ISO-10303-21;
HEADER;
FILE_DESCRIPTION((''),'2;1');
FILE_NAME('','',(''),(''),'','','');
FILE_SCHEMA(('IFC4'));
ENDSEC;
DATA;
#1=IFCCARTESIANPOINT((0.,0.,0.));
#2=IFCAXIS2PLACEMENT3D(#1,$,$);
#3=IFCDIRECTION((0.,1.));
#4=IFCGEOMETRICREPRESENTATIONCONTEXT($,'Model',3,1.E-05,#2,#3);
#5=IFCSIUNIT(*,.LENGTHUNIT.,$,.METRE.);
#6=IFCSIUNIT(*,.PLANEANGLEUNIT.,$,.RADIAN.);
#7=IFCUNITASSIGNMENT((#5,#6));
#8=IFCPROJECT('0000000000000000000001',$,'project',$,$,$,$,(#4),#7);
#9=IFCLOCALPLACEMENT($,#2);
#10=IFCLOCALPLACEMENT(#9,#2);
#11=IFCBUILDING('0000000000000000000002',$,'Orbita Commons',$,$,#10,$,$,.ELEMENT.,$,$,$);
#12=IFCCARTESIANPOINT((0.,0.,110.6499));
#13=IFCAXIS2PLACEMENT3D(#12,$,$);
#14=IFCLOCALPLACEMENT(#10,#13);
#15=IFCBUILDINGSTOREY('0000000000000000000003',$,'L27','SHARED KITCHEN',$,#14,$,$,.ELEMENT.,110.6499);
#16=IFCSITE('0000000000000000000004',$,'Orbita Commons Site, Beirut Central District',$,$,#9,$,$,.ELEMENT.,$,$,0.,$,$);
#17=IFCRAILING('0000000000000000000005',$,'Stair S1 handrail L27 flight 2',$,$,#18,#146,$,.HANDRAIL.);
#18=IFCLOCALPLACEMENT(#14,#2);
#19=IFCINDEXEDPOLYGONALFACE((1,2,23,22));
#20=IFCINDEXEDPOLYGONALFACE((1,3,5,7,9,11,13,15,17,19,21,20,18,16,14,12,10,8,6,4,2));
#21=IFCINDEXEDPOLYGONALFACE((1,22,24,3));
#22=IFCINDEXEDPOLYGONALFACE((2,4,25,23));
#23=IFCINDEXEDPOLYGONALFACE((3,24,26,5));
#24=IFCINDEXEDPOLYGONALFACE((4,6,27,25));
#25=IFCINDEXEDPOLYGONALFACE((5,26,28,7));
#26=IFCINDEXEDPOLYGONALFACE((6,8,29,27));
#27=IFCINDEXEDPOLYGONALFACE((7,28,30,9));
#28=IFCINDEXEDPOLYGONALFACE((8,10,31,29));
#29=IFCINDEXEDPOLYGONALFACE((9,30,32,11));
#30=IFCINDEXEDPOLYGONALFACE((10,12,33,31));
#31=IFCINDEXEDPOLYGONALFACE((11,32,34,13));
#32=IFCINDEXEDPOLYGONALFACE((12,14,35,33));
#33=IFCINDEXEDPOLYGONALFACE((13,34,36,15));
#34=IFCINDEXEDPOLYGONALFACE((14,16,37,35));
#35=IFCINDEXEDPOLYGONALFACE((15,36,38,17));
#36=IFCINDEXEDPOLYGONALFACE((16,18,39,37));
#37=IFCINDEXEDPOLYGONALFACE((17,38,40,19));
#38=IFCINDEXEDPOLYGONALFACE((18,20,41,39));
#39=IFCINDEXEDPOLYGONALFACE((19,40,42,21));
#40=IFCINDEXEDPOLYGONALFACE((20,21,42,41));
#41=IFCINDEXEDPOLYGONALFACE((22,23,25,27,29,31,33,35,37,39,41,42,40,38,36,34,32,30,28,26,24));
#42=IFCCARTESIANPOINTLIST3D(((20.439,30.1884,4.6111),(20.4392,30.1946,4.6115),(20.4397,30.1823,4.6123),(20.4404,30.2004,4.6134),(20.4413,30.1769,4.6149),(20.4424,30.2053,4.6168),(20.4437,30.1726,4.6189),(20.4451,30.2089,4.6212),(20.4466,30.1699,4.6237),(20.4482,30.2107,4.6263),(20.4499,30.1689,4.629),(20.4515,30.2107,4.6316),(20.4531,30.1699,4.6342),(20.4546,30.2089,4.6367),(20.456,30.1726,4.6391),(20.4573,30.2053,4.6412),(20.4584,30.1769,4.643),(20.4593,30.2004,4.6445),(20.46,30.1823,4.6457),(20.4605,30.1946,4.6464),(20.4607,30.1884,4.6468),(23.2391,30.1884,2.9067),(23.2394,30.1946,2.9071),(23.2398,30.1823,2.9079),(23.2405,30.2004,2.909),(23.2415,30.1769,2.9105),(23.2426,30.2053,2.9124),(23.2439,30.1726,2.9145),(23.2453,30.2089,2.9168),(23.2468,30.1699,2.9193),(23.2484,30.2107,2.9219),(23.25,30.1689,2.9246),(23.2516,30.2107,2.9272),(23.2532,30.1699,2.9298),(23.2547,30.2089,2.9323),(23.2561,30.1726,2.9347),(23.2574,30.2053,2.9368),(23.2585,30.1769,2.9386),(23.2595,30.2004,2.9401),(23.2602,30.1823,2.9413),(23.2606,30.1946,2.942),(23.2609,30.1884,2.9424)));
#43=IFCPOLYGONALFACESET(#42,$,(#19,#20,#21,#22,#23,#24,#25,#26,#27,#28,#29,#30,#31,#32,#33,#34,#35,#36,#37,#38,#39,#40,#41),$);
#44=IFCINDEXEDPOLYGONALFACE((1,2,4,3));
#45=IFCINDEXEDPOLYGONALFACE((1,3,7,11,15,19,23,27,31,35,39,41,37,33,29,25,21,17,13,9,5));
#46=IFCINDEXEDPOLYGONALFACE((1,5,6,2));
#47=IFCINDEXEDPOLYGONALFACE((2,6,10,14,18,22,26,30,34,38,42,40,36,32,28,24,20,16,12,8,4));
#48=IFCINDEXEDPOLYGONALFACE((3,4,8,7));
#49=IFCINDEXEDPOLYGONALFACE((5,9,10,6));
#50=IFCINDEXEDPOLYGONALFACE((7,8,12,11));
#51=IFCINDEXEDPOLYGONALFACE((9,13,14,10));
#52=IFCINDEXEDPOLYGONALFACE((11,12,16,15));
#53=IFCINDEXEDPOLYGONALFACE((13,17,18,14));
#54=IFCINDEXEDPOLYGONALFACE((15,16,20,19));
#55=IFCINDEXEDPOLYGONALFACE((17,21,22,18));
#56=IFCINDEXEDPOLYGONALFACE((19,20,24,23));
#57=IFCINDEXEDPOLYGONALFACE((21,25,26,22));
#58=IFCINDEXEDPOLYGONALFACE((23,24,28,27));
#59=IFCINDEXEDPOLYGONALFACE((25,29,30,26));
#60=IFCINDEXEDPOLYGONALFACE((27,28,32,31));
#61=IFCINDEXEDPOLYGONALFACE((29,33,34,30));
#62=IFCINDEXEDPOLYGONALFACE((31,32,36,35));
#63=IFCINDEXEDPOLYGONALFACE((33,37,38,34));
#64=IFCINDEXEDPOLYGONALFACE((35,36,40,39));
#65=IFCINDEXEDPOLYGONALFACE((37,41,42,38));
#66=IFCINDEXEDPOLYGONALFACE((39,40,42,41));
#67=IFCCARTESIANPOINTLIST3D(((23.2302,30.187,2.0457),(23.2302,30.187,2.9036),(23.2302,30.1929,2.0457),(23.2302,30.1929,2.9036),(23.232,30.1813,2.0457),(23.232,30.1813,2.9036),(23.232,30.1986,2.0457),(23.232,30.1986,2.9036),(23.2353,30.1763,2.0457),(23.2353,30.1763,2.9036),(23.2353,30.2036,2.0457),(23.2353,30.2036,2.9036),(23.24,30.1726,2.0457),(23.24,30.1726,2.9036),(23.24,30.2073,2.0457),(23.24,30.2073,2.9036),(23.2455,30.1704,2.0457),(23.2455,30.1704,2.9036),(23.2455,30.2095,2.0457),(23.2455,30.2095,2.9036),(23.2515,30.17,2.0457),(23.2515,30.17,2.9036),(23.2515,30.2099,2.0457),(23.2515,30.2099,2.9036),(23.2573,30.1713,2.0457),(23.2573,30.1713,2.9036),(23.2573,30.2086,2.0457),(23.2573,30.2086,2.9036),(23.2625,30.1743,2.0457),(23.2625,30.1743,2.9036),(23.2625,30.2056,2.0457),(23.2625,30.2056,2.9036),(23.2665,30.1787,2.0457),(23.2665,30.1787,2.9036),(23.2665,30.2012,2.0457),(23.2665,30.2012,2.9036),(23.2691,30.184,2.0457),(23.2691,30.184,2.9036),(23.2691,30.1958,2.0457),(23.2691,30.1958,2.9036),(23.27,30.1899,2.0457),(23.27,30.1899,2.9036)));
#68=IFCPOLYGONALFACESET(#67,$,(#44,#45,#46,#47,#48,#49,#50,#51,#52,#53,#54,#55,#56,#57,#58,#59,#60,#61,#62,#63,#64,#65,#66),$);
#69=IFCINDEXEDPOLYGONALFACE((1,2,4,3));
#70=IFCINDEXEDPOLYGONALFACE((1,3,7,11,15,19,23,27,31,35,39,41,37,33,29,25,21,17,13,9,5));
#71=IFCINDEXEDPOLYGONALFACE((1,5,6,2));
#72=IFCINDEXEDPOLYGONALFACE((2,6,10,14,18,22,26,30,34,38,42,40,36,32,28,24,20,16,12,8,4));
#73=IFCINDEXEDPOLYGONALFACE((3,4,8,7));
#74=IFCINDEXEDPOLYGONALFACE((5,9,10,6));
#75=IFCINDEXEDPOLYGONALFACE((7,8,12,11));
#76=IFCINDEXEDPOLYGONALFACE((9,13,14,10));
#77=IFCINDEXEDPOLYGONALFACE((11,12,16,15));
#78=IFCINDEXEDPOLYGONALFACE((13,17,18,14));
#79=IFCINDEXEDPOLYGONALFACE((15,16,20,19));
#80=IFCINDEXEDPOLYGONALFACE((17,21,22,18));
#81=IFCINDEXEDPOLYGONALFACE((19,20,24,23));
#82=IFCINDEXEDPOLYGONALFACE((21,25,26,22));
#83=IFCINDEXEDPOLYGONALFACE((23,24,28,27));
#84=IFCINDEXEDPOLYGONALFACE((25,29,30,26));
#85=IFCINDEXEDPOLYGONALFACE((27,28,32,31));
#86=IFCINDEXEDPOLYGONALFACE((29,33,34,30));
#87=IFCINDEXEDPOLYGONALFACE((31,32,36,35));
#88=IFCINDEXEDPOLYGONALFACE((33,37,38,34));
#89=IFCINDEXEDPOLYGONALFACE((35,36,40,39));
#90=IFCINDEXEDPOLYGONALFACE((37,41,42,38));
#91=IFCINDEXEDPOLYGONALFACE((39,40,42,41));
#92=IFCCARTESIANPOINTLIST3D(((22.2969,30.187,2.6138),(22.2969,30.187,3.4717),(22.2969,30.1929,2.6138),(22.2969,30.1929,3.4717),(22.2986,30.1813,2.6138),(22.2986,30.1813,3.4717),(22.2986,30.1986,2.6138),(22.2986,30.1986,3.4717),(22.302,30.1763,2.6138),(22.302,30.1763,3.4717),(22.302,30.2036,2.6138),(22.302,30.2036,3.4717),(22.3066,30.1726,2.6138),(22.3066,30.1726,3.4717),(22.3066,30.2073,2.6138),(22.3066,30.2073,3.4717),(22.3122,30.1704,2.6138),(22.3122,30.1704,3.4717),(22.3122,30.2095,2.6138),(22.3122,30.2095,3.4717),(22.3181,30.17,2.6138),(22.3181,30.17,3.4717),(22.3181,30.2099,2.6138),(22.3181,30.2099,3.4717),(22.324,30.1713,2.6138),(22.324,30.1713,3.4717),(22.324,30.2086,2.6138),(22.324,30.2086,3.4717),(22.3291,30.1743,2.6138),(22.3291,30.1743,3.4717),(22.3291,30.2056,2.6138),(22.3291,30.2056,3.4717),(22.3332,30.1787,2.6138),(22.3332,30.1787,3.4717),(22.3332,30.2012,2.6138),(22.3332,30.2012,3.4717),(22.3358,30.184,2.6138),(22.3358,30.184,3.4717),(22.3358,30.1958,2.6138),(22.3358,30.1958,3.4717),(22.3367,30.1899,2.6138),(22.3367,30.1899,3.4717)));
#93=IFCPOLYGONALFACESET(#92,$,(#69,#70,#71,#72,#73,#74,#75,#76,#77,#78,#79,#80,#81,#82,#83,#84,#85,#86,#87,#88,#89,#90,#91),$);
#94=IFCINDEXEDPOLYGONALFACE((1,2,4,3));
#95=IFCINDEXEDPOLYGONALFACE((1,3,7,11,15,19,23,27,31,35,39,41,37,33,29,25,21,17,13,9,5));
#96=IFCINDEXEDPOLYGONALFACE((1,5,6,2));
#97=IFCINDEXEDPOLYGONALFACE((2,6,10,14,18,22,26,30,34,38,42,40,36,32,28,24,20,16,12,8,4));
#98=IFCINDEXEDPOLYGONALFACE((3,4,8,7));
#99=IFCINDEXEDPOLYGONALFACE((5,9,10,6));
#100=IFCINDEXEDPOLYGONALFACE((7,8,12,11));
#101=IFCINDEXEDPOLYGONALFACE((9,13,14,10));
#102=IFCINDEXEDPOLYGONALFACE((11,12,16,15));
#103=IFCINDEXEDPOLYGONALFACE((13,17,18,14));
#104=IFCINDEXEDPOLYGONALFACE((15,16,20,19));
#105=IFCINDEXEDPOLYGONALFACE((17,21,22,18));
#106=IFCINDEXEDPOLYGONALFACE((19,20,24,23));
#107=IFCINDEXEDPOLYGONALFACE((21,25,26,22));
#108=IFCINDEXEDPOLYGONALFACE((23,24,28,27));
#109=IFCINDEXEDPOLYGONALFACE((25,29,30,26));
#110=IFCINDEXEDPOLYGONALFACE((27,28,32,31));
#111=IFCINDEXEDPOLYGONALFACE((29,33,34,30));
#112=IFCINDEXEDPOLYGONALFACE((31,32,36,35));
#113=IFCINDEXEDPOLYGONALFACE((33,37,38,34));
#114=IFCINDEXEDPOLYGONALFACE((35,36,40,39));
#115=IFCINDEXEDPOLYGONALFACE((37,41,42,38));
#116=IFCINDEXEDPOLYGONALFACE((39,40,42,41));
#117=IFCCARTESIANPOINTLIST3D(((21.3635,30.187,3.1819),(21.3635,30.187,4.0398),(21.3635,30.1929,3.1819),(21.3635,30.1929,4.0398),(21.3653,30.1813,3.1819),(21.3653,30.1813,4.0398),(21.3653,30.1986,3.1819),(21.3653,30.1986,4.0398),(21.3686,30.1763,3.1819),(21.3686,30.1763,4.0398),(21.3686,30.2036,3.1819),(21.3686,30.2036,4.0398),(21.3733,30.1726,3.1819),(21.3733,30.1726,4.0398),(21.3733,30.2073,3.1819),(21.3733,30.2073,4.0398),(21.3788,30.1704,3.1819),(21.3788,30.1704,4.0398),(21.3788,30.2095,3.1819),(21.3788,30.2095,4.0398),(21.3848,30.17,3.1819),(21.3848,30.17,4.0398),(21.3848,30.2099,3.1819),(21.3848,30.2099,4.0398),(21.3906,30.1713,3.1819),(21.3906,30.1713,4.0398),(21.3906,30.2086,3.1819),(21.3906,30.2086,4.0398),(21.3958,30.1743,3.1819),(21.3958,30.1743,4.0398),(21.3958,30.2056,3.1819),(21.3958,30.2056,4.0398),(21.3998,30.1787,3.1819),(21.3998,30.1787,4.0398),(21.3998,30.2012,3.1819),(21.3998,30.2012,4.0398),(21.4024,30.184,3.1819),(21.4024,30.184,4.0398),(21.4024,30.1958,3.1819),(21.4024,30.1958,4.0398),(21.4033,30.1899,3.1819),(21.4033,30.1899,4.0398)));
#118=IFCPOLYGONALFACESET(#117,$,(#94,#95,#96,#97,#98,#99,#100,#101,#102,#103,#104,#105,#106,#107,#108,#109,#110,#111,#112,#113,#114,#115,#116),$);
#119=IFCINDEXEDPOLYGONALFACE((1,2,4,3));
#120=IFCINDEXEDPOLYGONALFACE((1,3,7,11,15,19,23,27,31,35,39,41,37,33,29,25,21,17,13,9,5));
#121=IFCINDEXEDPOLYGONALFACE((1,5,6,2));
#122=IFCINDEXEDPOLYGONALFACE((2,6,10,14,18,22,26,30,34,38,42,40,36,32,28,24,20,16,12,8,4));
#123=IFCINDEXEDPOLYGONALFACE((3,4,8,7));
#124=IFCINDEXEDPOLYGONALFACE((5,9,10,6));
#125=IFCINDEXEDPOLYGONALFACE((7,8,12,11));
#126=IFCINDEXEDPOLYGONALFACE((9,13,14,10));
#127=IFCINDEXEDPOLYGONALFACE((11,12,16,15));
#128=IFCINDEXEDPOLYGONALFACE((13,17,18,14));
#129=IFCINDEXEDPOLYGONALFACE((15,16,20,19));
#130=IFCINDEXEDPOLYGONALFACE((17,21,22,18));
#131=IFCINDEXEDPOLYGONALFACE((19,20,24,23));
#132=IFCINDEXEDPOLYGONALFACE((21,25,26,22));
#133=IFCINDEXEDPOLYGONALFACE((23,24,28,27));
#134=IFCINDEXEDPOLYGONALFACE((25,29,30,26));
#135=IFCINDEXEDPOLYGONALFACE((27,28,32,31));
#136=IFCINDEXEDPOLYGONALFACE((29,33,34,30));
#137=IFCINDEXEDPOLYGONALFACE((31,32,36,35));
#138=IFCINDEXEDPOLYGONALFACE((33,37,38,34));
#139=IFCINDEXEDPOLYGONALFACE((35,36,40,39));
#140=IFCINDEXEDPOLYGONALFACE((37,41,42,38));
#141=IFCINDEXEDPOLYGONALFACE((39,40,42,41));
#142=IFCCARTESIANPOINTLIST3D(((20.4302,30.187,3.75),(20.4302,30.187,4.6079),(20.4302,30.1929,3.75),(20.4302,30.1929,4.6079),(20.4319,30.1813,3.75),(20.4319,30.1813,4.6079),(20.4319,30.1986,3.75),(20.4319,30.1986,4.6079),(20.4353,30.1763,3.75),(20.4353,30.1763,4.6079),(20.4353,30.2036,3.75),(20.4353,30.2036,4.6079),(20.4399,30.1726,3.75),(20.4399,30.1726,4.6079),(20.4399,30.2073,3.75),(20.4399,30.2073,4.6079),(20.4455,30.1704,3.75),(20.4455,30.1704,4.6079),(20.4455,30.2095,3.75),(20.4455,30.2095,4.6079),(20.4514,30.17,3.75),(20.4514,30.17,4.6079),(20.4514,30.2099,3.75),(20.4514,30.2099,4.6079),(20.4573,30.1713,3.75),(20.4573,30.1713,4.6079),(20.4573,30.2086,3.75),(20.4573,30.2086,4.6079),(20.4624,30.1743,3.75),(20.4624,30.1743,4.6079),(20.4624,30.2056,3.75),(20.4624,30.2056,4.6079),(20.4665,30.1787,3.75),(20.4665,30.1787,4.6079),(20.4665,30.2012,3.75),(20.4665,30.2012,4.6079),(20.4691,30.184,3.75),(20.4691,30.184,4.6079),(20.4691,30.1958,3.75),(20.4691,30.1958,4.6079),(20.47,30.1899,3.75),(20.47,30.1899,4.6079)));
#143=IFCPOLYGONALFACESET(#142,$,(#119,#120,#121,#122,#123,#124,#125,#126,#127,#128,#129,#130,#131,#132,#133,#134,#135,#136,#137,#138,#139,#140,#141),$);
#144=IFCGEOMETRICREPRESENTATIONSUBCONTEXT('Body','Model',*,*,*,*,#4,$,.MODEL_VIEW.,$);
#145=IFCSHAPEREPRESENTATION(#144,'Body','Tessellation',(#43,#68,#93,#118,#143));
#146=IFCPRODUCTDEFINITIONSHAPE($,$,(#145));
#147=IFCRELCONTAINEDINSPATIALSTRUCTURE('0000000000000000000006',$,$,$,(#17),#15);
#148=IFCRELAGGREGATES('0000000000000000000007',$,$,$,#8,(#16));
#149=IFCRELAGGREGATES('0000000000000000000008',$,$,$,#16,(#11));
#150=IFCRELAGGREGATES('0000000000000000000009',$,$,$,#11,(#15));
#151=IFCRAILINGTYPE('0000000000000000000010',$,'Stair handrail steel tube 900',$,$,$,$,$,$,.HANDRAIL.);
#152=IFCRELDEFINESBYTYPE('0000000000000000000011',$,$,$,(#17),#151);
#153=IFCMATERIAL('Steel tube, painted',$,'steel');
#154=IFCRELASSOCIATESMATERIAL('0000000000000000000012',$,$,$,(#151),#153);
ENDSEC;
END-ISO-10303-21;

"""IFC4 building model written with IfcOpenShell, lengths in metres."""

from ifc_helpers import new_model, si_unit, direction, frame, origin, origin_2d, place, context, subcontext, project, spatial, circle, extrude, material, type_object, element, save


model = new_model("IFC4")

# Units and contexts
model_context = context("Model", 3, precision=1e-05, world=origin(), true_north=direction((0.0, 1.0)))
body_context = subcontext(model_context, "Body", "Model", "MODEL_VIEW")
ifc_project = project(units=[si_unit("LENGTHUNIT", "METRE"), si_unit("PLANEANGLEUNIT", "RADIAN")], contexts=[model_context])

# Site, building, storey
site_placement = place(None, origin())
site = spatial("IfcSite", under=ifc_project, at=site_placement, Name="Orbita Commons Site, Beirut Central District", CompositionType="ELEMENT", RefElevation=0.0)
building_placement = place(site_placement, origin())
building = spatial("IfcBuilding", under=site, at=building_placement, Name="Orbita Commons", CompositionType="ELEMENT")
storey_placement = place(building_placement, frame((0.0, 0.0, 110.6499)))
storey = spatial("IfcBuildingStorey", under=building, at=storey_placement, Name="L27", Description="SHARED KITCHEN", CompositionType="ELEMENT", Elevation=110.6499)

# Railing
ifc_material_1 = material(Name="Steel tube, painted", Category="steel")
railing_type = type_object("IfcRailingType", Name="Stair handrail steel tube 900", PredefinedType="HANDRAIL", material=ifc_material_1)
for number, where, name in (
    (1, (23.25, 30.1899, 2.0457), "Stair S1 handrail L27 flight 2"),
):
    element("IfcRailing", number, at=place(storey_placement, frame(where)), inside=storey, type_object=railing_type, Name=name, PredefinedType="HANDRAIL", context=body_context, shape_type="SweptSolid", body=[
        extrude(circle(Radius=0.021, at=origin_2d()), frame((0.0, 0.0, 0.8789), z_axis=(-0.854203, 0.0, 0.51994), x_axis=(0.0, -1.0, 0.0)), (0.0, 0.0, 1.0), 3.2781),
        extrude(circle(Radius=0.02, at=origin_2d()), origin(), (0.0, 0.0, 1.0), 0.8579),
        extrude(circle(Radius=0.02, at=origin_2d()), frame((-0.9333, 0.0, 0.5681)), (0.0, 0.0, 1.0), 0.8579),
        extrude(circle(Radius=0.02, at=origin_2d()), frame((-1.8667, 0.0, 1.1362)), (0.0, 0.0, 1.0), 0.8579),
        extrude(circle(Radius=0.02, at=origin_2d()), frame((-2.8, 0.0, 1.7043)), (0.0, 0.0, 1.0), 0.8579),
    ])

save(model, "model.ifc")
